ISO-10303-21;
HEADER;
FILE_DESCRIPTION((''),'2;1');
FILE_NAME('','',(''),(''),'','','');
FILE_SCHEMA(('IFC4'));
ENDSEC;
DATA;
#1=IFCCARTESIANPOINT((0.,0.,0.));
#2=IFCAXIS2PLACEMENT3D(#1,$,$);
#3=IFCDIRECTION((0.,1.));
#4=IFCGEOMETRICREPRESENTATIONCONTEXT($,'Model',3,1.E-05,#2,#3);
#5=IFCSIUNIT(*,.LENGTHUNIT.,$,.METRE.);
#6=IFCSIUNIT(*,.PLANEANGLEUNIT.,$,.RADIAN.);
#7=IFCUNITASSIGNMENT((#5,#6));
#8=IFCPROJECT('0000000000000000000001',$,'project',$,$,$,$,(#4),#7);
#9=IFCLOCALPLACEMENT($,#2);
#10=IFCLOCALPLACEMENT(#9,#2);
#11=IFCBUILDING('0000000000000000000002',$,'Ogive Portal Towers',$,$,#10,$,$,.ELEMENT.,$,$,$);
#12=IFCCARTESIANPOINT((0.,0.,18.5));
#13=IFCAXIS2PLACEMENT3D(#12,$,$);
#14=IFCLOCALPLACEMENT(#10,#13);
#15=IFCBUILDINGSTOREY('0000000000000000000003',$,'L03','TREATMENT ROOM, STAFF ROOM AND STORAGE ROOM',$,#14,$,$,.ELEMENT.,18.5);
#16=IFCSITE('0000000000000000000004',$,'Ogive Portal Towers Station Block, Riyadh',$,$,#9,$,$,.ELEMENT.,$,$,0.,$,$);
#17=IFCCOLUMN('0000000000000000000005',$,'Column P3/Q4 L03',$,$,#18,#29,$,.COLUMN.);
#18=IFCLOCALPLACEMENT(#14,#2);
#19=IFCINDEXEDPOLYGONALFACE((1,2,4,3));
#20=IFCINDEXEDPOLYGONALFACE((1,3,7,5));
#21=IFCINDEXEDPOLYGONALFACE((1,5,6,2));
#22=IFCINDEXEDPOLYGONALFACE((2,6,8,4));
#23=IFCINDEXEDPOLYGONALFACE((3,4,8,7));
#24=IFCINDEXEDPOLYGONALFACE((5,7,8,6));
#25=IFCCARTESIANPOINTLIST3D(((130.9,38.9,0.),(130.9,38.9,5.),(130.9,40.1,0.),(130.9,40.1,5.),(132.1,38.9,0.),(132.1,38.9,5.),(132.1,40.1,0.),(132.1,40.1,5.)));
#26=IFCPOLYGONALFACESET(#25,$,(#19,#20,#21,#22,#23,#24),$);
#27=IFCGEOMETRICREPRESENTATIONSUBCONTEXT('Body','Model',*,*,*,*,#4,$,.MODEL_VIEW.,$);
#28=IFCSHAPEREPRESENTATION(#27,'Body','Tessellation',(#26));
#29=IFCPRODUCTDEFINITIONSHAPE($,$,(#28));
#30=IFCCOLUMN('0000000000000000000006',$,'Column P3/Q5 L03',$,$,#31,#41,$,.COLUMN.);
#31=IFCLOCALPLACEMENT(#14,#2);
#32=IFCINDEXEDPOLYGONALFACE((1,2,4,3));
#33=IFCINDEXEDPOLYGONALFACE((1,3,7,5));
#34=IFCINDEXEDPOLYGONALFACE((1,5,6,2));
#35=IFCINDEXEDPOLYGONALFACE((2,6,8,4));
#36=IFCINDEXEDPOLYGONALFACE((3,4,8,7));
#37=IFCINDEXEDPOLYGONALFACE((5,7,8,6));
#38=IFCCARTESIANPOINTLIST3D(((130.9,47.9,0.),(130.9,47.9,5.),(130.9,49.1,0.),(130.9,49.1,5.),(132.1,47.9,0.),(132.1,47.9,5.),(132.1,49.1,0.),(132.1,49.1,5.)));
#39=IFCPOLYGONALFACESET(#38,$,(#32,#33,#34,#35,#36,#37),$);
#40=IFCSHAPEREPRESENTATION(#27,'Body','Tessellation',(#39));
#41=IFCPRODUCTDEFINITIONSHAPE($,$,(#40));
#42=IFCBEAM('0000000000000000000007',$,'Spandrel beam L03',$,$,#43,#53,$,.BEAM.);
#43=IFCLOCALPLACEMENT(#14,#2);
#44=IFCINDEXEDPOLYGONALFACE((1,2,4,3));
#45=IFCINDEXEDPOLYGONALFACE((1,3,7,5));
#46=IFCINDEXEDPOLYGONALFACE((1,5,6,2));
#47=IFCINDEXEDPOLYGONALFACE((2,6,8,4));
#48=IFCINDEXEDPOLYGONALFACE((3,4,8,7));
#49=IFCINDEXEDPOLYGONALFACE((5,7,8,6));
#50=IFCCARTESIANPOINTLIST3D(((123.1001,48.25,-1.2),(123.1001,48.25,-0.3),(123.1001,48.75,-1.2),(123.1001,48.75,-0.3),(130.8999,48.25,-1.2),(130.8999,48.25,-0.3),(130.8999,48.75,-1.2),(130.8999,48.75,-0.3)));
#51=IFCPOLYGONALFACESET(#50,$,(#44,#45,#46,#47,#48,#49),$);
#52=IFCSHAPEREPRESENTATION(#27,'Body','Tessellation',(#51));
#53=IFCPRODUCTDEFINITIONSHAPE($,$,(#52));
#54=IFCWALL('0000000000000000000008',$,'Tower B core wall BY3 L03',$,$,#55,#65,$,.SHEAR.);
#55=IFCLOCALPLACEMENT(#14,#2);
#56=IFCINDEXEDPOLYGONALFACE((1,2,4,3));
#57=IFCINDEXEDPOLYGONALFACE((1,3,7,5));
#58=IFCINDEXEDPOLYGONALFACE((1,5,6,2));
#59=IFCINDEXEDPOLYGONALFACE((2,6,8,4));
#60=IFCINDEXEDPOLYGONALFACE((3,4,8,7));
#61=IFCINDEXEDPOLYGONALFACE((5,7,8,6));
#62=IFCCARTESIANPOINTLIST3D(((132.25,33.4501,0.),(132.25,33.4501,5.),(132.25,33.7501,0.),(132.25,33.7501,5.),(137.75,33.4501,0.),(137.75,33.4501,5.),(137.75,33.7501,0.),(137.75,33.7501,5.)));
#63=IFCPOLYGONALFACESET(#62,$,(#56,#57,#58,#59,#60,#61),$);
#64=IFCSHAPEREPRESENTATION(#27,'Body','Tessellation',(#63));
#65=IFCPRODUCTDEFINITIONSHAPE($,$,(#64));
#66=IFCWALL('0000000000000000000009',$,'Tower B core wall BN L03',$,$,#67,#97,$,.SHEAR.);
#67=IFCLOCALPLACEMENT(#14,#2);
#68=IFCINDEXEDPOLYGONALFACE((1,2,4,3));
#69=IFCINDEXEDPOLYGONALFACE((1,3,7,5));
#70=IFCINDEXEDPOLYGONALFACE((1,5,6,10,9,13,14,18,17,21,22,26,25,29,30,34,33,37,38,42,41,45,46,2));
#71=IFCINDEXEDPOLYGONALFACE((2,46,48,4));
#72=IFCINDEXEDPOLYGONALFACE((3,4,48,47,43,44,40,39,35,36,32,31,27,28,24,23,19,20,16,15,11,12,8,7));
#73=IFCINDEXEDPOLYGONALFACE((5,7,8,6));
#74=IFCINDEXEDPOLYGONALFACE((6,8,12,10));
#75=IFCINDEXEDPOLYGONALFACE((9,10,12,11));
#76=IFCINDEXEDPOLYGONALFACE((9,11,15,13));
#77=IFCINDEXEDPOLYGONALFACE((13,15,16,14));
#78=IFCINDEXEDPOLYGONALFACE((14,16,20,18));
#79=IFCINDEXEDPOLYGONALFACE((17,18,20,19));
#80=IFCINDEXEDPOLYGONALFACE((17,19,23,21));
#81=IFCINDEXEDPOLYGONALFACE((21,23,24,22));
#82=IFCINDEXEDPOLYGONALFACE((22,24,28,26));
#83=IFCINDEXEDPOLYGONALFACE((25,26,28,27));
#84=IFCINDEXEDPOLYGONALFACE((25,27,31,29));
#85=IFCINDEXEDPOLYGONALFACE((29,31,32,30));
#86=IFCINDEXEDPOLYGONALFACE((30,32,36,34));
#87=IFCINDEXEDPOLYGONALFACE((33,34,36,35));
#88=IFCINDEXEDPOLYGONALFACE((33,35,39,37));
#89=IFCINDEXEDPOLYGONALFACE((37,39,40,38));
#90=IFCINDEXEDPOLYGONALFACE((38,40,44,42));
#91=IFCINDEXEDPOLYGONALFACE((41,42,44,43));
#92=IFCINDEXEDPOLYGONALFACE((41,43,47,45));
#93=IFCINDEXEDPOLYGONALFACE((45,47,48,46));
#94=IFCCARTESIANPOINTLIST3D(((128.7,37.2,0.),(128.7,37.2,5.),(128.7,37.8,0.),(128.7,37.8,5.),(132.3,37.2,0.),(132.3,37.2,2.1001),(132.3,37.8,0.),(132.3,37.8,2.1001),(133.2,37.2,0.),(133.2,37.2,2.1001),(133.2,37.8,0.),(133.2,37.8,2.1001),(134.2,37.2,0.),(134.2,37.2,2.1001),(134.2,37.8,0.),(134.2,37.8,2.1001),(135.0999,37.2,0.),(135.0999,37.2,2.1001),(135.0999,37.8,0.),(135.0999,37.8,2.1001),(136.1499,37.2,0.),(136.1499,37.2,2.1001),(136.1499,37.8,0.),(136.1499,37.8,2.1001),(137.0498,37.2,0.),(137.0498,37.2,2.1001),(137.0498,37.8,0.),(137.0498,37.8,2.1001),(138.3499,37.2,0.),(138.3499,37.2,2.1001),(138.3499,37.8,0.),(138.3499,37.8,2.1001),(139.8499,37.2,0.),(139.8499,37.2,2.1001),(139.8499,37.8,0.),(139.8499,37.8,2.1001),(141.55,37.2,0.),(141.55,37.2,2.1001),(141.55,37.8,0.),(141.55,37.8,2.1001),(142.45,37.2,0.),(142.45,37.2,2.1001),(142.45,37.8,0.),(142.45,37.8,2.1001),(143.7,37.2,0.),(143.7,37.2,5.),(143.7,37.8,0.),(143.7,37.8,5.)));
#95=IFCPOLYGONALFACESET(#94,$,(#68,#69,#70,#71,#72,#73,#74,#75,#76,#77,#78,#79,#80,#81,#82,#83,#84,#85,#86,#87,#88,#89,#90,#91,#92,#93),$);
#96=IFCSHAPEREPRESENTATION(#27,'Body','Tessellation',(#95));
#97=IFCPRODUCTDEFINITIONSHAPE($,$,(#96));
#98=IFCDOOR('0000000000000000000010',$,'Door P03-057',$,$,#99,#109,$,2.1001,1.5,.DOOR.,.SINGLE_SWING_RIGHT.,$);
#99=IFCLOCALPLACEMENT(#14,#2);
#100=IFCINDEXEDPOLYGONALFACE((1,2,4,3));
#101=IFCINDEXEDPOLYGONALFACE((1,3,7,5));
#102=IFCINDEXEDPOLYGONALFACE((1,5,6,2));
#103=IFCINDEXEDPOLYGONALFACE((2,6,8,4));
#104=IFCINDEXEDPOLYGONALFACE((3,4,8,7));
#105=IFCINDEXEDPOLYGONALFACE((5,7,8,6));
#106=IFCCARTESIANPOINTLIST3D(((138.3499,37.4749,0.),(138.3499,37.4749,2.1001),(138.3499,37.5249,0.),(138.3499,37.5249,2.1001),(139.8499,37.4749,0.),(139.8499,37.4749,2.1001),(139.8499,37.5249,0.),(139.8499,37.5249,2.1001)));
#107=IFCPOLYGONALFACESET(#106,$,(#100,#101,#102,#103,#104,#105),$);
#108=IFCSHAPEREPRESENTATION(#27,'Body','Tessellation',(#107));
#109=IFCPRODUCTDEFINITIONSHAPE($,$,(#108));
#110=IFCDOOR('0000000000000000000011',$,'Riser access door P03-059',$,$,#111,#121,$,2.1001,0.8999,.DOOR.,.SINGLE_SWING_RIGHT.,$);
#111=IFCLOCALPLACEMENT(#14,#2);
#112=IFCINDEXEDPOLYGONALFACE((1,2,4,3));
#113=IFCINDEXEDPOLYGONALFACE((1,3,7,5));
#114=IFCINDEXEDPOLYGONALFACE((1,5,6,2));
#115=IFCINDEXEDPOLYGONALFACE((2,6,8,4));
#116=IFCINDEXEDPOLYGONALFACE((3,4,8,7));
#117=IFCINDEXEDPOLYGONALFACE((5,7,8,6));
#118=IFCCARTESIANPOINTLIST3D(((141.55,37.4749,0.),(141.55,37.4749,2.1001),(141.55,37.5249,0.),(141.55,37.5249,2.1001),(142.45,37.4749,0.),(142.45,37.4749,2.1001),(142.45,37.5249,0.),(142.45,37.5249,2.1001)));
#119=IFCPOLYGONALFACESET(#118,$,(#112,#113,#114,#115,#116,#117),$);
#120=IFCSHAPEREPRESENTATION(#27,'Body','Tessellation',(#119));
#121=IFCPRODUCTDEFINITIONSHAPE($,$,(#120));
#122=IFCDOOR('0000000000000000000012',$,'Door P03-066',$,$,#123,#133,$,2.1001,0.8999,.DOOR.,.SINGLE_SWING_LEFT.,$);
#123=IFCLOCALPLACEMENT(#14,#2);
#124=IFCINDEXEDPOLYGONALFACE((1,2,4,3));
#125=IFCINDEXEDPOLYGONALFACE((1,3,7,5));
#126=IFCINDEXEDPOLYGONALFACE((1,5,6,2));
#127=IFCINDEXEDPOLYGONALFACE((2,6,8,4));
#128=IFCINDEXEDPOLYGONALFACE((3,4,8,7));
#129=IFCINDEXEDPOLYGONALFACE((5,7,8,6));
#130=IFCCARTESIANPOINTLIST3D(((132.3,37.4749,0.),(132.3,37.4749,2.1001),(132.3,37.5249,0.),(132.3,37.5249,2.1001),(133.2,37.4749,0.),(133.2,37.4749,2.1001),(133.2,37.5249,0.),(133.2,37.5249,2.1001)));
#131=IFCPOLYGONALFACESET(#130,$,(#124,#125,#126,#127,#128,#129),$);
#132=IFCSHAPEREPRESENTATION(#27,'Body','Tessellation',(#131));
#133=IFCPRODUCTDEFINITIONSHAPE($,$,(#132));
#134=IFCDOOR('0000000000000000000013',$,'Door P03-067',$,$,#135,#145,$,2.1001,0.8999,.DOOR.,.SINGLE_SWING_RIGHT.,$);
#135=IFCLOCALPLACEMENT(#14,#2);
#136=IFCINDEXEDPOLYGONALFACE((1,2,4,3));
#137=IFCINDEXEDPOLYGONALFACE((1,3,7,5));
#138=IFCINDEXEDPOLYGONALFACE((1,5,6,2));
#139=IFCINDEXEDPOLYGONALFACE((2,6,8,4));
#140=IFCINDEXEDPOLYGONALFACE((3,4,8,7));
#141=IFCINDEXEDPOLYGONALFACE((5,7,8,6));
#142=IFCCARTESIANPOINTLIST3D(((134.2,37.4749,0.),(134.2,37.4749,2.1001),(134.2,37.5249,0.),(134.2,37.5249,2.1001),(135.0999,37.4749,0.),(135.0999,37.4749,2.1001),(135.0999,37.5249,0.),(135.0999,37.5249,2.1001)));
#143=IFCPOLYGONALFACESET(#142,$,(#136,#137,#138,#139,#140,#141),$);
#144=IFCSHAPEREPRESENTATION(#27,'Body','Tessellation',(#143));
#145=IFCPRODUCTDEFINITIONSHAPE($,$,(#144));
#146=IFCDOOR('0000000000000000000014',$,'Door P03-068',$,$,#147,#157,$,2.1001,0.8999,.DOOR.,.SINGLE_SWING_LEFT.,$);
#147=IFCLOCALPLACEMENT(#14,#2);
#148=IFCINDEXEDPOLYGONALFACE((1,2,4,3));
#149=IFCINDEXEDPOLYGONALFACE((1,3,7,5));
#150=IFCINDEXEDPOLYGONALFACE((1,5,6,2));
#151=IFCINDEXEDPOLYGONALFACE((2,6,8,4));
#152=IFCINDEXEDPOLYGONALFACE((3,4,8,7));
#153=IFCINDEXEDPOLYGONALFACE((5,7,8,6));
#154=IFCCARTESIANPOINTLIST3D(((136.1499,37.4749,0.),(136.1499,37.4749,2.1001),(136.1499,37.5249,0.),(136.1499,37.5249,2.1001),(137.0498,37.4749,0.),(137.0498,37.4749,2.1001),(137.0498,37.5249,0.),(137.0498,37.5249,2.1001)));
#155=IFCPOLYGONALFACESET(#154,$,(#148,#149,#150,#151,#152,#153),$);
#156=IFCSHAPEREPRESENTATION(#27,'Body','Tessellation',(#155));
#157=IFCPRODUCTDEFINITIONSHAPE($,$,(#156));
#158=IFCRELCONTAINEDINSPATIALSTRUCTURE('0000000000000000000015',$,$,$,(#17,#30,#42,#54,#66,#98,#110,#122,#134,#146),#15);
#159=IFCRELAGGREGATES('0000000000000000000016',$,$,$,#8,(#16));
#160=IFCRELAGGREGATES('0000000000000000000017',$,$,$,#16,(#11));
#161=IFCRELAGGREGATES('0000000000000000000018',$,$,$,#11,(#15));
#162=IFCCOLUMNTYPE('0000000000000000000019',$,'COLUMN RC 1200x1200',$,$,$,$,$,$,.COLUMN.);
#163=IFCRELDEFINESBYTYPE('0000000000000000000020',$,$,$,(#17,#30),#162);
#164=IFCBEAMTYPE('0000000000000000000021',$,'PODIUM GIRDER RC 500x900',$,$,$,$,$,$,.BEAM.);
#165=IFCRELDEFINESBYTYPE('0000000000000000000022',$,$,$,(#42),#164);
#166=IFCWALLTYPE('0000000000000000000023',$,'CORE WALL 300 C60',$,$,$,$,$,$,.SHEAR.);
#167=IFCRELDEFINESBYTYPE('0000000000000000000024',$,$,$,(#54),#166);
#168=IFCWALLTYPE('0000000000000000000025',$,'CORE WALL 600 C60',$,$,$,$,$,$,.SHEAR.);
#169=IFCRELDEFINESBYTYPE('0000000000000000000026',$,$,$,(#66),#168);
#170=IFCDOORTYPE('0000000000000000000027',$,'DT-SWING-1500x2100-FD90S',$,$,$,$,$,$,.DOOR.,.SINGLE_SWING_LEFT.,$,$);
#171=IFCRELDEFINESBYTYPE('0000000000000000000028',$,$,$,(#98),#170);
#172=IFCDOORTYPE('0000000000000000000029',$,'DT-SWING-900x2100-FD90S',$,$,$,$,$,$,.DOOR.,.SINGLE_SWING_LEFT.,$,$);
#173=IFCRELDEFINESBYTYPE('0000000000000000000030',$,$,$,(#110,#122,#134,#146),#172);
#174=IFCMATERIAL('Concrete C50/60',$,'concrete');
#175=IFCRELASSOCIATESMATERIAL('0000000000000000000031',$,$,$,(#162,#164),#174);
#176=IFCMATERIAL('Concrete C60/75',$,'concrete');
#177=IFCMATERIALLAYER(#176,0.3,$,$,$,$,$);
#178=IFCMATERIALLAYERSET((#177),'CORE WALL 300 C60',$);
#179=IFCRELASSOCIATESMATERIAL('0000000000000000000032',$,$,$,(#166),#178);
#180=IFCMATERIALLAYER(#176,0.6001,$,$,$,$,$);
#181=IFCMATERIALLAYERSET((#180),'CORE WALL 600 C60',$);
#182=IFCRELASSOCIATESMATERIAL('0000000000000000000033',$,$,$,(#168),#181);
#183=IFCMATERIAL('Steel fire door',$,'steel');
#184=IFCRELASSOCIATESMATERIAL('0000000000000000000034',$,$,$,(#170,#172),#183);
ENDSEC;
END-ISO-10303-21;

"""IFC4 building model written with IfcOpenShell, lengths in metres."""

from ifc_helpers import new_model, si_unit, direction, frame, frame_2d, origin, origin_2d, place, context, subcontext, project, spatial, rectangle, extrude, material, layer, layer_set, material_profile, profile_set, type_object, element, fill, save


model = new_model("IFC4")

# Units and contexts
model_context = context("Model", 3, precision=1e-05, world=origin(), true_north=direction((0.0, 1.0)))
body_context = subcontext(model_context, "Body", "Model", "MODEL_VIEW")
ifc_project = project(units=[si_unit("LENGTHUNIT", "METRE"), si_unit("PLANEANGLEUNIT", "RADIAN")], contexts=[model_context])

# Site, building, storey
site_placement = place(None, origin())
site = spatial("IfcSite", under=ifc_project, at=site_placement, Name="Ogive Portal Towers Station Block, Riyadh", CompositionType="ELEMENT", RefElevation=0.0)
building_placement = place(site_placement, origin())
building = spatial("IfcBuilding", under=site, at=building_placement, Name="Ogive Portal Towers", CompositionType="ELEMENT")
storey_placement = place(building_placement, frame((0.0, 0.0, 18.5)))
storey = spatial("IfcBuildingStorey", under=building, at=storey_placement, Name="L03", Description="TREATMENT ROOM, STAFF ROOM AND STORAGE ROOM", CompositionType="ELEMENT", Elevation=18.5)

# Columns
ifc_material_1 = material(Name="Concrete C50/60", Category="concrete")
ifc_material_profile_1 = material_profile(ifc_material_1, rectangle(XDim=1.2, YDim=1.2, at=origin_2d()), Name="RC 1200x1200")
ifc_profile_set_1 = profile_set([ifc_material_profile_1], Name="Concrete C50/60")
column_type = type_object("IfcColumnType", Name="COLUMN RC 1200x1200", PredefinedType="COLUMN", material=ifc_profile_set_1)
for number, where, z_axis, x_axis, name in (
    (1, (131.5, 39.5, 0.0), (0.0, 0.0, 1.0), (1.0, 0.0, 0.0), "Column P3/Q4 L03"),
    (2, (131.5, 48.5, 0.0), (0.0, 0.0, 1.0), (1.0, 0.0, 0.0), "Column P3/Q5 L03"),
):
    element("IfcColumn", number, at=place(storey_placement, frame(where, z_axis=z_axis, x_axis=x_axis)), inside=storey, type_object=column_type, Name=name, PredefinedType="COLUMN", context=body_context, shape_type="SweptSolid", body=[
        extrude(rectangle(XDim=1.2, YDim=1.2, at=origin_2d()), origin(), (0.0, 0.0, 1.0), 5.0),
    ])

# Beam
ifc_material_profile_2 = material_profile(ifc_material_1, rectangle(XDim=0.5, YDim=0.8999, at=origin_2d()), Name="RC 500x900")
ifc_profile_set_2 = profile_set([ifc_material_profile_2], Name="Concrete C50/60")
beam_type = type_object("IfcBeamType", Name="PODIUM GIRDER RC 500x900", PredefinedType="BEAM", material=ifc_profile_set_2)
beam_placement = place(storey_placement, frame((130.8999, 48.5, -0.75), z_axis=(-1.0, 0.0, 0.0), x_axis=(0.0, -1.0, 0.0)))
element("IfcBeam", 3, at=beam_placement, inside=storey, type_object=beam_type, Name="Spandrel beam L03", PredefinedType="BEAM", context=body_context, shape_type="SweptSolid", body=[
    extrude(rectangle(XDim=0.5, YDim=0.8999, at=origin_2d()), origin(), (0.0, 0.0, 1.0), 7.7998),
])

# Wall
ifc_material_2 = material(Name="Concrete C60/75", Category="concrete")
ifc_layer_1 = layer(ifc_material_2, 0.3)
ifc_layer_set_1 = layer_set([ifc_layer_1], Name="CORE WALL 300 C60")
wall_type_1 = type_object("IfcWallType", Name="CORE WALL 300 C60", PredefinedType="SHEAR", material=ifc_layer_set_1)
wall_1_placement = place(storey_placement, frame((132.25, 33.6001, 0.0), z_axis=(0.0, 0.0, 1.0), x_axis=(1.0, 0.0, 0.0)))
element("IfcWall", 4, at=wall_1_placement, inside=storey, type_object=wall_type_1, Name="Tower B core wall BY3 L03", PredefinedType="SHEAR", context=body_context, shape_type="SweptSolid", body=[
    extrude(rectangle(XDim=5.5, YDim=0.3, at=frame_2d((2.75, 0.0))), origin(), (0.0, 0.0, 1.0), 5.0),
])

# Wall, openings, doors
ifc_layer_2 = layer(ifc_material_2, 0.6001)
ifc_layer_set_2 = layer_set([ifc_layer_2], Name="CORE WALL 600 C60")
wall_type_2 = type_object("IfcWallType", Name="CORE WALL 600 C60", PredefinedType="SHEAR", material=ifc_layer_set_2)
wall_2_placement = place(storey_placement, frame((128.7, 37.5, 0.0), z_axis=(0.0, 0.0, 1.0), x_axis=(1.0, 0.0, 0.0)))
wall_2 = element("IfcWall", 5, at=wall_2_placement, inside=storey, type_object=wall_type_2, Name="Tower B core wall BN L03", PredefinedType="SHEAR", context=body_context, shape_type="SweptSolid", body=[
    extrude(rectangle(XDim=15.0, YDim=0.6001, at=frame_2d((7.5, 0.0))), origin(), (0.0, 0.0, 1.0), 5.0),
])
opening_1_placement = place(wall_2_placement, frame((9.6499, 0.0, 0.0)))
opening_1 = element("IfcOpeningElement", 6, at=opening_1_placement, cuts=wall_2, PredefinedType="OPENING", context=body_context, shape_type="SweptSolid", body=[
    extrude(rectangle(XDim=1.5, YDim=2.1001, at=frame_2d((0.75, 1.05))), frame((0.0, 0.3101, 0.0), z_axis=(0.0, -1.0, 0.0), x_axis=(1.0, 0.0, 0.0)), (0.0, 0.0, 1.0), 0.6201),
])
opening_2_placement = place(wall_2_placement, frame((12.8501, 0.0, 0.0)))
opening_2 = element("IfcOpeningElement", 7, at=opening_2_placement, cuts=wall_2, PredefinedType="OPENING", context=body_context, shape_type="SweptSolid", body=[
    extrude(rectangle(XDim=0.8999, YDim=2.1001, at=frame_2d((0.45, 1.05))), frame((0.0, 0.3101, 0.0), z_axis=(0.0, -1.0, 0.0), x_axis=(1.0, 0.0, 0.0)), (0.0, 0.0, 1.0), 0.6201),
])
opening_3_placement = place(wall_2_placement, frame((3.6001, 0.0, 0.0)))
opening_3 = element("IfcOpeningElement", 8, at=opening_3_placement, cuts=wall_2, PredefinedType="OPENING", context=body_context, shape_type="SweptSolid", body=[
    extrude(rectangle(XDim=0.8999, YDim=2.1001, at=frame_2d((0.45, 1.05))), frame((0.0, 0.3101, 0.0), z_axis=(0.0, -1.0, 0.0), x_axis=(1.0, 0.0, 0.0)), (0.0, 0.0, 1.0), 0.6201),
])
opening_4_placement = place(wall_2_placement, frame((5.5, 0.0, 0.0)))
opening_4 = element("IfcOpeningElement", 9, at=opening_4_placement, cuts=wall_2, PredefinedType="OPENING", context=body_context, shape_type="SweptSolid", body=[
    extrude(rectangle(XDim=0.8999, YDim=2.1001, at=frame_2d((0.45, 1.05))), frame((0.0, 0.3101, 0.0), z_axis=(0.0, -1.0, 0.0), x_axis=(1.0, 0.0, 0.0)), (0.0, 0.0, 1.0), 0.6201),
])
opening_5_placement = place(wall_2_placement, frame((7.45, 0.0, 0.0)))
opening_5 = element("IfcOpeningElement", 10, at=opening_5_placement, cuts=wall_2, PredefinedType="OPENING", context=body_context, shape_type="SweptSolid", body=[
    extrude(rectangle(XDim=0.8999, YDim=2.1001, at=frame_2d((0.45, 1.05))), frame((0.0, 0.3101, 0.0), z_axis=(0.0, -1.0, 0.0), x_axis=(1.0, 0.0, 0.0)), (0.0, 0.0, 1.0), 0.6201),
])
ifc_material_3 = material(Name="Steel fire door", Category="steel")
door_type_1 = type_object("IfcDoorType", Name="DT-SWING-1500x2100-FD90S", OperationType="SINGLE_SWING_LEFT", PredefinedType="DOOR", material=ifc_material_3)
door_1_placement = place(opening_1_placement, origin())
door_1 = element("IfcDoor", 11, at=door_1_placement, inside=storey, type_object=door_type_1, Name="Door P03-057", OperationType="SINGLE_SWING_RIGHT", OverallHeight=2.1001, OverallWidth=1.5, PredefinedType="DOOR", context=body_context, shape_type="SweptSolid", body=[
    extrude(rectangle(XDim=1.5, YDim=2.1001, at=frame_2d((0.75, 1.05))), frame((0.0, 0.0249, 0.0), z_axis=(0.0, -1.0, 0.0), x_axis=(1.0, 0.0, 0.0)), (0.0, 0.0, 1.0), 0.05),
])
fill(opening_1, door_1)
door_type_2 = type_object("IfcDoorType", Name="DT-SWING-900x2100-FD90S", OperationType="SINGLE_SWING_LEFT", PredefinedType="DOOR", material=ifc_material_3)
door_2_placement = place(opening_2_placement, origin())
door_2 = element("IfcDoor", 12, at=door_2_placement, inside=storey, type_object=door_type_2, Name="Riser access door P03-059", OperationType="SINGLE_SWING_RIGHT", OverallHeight=2.1001, OverallWidth=0.8999, PredefinedType="DOOR", context=body_context, shape_type="SweptSolid", body=[
    extrude(rectangle(XDim=0.8999, YDim=2.1001, at=frame_2d((0.45, 1.05))), frame((0.0, 0.0249, 0.0), z_axis=(0.0, -1.0, 0.0), x_axis=(1.0, 0.0, 0.0)), (0.0, 0.0, 1.0), 0.05),
])
fill(opening_2, door_2)
door_3_placement = place(opening_3_placement, origin())
door_3 = element("IfcDoor", 13, at=door_3_placement, inside=storey, type_object=door_type_2, Name="Door P03-066", OperationType="SINGLE_SWING_LEFT", OverallHeight=2.1001, OverallWidth=0.8999, PredefinedType="DOOR", context=body_context, shape_type="SweptSolid", body=[
    extrude(rectangle(XDim=0.8999, YDim=2.1001, at=frame_2d((0.45, 1.05))), frame((0.0, 0.0249, 0.0), z_axis=(0.0, -1.0, 0.0), x_axis=(1.0, 0.0, 0.0)), (0.0, 0.0, 1.0), 0.05),
])
fill(opening_3, door_3)
door_4_placement = place(opening_4_placement, origin())
door_4 = element("IfcDoor", 14, at=door_4_placement, inside=storey, type_object=door_type_2, Name="Door P03-067", OperationType="SINGLE_SWING_RIGHT", OverallHeight=2.1001, OverallWidth=0.8999, PredefinedType="DOOR", context=body_context, shape_type="SweptSolid", body=[
    extrude(rectangle(XDim=0.8999, YDim=2.1001, at=frame_2d((0.45, 1.05))), frame((0.0, 0.0249, 0.0), z_axis=(0.0, -1.0, 0.0), x_axis=(1.0, 0.0, 0.0)), (0.0, 0.0, 1.0), 0.05),
])
fill(opening_4, door_4)
door_5_placement = place(opening_5_placement, origin())
door_5 = element("IfcDoor", 15, at=door_5_placement, inside=storey, type_object=door_type_2, Name="Door P03-068", OperationType="SINGLE_SWING_LEFT", OverallHeight=2.1001, OverallWidth=0.8999, PredefinedType="DOOR", context=body_context, shape_type="SweptSolid", body=[
    extrude(rectangle(XDim=0.8999, YDim=2.1001, at=frame_2d((0.45, 1.05))), frame((0.0, 0.0249, 0.0), z_axis=(0.0, -1.0, 0.0), x_axis=(1.0, 0.0, 0.0)), (0.0, 0.0, 1.0), 0.05),
])
fill(opening_5, door_5)

save(model, "model.ifc")
